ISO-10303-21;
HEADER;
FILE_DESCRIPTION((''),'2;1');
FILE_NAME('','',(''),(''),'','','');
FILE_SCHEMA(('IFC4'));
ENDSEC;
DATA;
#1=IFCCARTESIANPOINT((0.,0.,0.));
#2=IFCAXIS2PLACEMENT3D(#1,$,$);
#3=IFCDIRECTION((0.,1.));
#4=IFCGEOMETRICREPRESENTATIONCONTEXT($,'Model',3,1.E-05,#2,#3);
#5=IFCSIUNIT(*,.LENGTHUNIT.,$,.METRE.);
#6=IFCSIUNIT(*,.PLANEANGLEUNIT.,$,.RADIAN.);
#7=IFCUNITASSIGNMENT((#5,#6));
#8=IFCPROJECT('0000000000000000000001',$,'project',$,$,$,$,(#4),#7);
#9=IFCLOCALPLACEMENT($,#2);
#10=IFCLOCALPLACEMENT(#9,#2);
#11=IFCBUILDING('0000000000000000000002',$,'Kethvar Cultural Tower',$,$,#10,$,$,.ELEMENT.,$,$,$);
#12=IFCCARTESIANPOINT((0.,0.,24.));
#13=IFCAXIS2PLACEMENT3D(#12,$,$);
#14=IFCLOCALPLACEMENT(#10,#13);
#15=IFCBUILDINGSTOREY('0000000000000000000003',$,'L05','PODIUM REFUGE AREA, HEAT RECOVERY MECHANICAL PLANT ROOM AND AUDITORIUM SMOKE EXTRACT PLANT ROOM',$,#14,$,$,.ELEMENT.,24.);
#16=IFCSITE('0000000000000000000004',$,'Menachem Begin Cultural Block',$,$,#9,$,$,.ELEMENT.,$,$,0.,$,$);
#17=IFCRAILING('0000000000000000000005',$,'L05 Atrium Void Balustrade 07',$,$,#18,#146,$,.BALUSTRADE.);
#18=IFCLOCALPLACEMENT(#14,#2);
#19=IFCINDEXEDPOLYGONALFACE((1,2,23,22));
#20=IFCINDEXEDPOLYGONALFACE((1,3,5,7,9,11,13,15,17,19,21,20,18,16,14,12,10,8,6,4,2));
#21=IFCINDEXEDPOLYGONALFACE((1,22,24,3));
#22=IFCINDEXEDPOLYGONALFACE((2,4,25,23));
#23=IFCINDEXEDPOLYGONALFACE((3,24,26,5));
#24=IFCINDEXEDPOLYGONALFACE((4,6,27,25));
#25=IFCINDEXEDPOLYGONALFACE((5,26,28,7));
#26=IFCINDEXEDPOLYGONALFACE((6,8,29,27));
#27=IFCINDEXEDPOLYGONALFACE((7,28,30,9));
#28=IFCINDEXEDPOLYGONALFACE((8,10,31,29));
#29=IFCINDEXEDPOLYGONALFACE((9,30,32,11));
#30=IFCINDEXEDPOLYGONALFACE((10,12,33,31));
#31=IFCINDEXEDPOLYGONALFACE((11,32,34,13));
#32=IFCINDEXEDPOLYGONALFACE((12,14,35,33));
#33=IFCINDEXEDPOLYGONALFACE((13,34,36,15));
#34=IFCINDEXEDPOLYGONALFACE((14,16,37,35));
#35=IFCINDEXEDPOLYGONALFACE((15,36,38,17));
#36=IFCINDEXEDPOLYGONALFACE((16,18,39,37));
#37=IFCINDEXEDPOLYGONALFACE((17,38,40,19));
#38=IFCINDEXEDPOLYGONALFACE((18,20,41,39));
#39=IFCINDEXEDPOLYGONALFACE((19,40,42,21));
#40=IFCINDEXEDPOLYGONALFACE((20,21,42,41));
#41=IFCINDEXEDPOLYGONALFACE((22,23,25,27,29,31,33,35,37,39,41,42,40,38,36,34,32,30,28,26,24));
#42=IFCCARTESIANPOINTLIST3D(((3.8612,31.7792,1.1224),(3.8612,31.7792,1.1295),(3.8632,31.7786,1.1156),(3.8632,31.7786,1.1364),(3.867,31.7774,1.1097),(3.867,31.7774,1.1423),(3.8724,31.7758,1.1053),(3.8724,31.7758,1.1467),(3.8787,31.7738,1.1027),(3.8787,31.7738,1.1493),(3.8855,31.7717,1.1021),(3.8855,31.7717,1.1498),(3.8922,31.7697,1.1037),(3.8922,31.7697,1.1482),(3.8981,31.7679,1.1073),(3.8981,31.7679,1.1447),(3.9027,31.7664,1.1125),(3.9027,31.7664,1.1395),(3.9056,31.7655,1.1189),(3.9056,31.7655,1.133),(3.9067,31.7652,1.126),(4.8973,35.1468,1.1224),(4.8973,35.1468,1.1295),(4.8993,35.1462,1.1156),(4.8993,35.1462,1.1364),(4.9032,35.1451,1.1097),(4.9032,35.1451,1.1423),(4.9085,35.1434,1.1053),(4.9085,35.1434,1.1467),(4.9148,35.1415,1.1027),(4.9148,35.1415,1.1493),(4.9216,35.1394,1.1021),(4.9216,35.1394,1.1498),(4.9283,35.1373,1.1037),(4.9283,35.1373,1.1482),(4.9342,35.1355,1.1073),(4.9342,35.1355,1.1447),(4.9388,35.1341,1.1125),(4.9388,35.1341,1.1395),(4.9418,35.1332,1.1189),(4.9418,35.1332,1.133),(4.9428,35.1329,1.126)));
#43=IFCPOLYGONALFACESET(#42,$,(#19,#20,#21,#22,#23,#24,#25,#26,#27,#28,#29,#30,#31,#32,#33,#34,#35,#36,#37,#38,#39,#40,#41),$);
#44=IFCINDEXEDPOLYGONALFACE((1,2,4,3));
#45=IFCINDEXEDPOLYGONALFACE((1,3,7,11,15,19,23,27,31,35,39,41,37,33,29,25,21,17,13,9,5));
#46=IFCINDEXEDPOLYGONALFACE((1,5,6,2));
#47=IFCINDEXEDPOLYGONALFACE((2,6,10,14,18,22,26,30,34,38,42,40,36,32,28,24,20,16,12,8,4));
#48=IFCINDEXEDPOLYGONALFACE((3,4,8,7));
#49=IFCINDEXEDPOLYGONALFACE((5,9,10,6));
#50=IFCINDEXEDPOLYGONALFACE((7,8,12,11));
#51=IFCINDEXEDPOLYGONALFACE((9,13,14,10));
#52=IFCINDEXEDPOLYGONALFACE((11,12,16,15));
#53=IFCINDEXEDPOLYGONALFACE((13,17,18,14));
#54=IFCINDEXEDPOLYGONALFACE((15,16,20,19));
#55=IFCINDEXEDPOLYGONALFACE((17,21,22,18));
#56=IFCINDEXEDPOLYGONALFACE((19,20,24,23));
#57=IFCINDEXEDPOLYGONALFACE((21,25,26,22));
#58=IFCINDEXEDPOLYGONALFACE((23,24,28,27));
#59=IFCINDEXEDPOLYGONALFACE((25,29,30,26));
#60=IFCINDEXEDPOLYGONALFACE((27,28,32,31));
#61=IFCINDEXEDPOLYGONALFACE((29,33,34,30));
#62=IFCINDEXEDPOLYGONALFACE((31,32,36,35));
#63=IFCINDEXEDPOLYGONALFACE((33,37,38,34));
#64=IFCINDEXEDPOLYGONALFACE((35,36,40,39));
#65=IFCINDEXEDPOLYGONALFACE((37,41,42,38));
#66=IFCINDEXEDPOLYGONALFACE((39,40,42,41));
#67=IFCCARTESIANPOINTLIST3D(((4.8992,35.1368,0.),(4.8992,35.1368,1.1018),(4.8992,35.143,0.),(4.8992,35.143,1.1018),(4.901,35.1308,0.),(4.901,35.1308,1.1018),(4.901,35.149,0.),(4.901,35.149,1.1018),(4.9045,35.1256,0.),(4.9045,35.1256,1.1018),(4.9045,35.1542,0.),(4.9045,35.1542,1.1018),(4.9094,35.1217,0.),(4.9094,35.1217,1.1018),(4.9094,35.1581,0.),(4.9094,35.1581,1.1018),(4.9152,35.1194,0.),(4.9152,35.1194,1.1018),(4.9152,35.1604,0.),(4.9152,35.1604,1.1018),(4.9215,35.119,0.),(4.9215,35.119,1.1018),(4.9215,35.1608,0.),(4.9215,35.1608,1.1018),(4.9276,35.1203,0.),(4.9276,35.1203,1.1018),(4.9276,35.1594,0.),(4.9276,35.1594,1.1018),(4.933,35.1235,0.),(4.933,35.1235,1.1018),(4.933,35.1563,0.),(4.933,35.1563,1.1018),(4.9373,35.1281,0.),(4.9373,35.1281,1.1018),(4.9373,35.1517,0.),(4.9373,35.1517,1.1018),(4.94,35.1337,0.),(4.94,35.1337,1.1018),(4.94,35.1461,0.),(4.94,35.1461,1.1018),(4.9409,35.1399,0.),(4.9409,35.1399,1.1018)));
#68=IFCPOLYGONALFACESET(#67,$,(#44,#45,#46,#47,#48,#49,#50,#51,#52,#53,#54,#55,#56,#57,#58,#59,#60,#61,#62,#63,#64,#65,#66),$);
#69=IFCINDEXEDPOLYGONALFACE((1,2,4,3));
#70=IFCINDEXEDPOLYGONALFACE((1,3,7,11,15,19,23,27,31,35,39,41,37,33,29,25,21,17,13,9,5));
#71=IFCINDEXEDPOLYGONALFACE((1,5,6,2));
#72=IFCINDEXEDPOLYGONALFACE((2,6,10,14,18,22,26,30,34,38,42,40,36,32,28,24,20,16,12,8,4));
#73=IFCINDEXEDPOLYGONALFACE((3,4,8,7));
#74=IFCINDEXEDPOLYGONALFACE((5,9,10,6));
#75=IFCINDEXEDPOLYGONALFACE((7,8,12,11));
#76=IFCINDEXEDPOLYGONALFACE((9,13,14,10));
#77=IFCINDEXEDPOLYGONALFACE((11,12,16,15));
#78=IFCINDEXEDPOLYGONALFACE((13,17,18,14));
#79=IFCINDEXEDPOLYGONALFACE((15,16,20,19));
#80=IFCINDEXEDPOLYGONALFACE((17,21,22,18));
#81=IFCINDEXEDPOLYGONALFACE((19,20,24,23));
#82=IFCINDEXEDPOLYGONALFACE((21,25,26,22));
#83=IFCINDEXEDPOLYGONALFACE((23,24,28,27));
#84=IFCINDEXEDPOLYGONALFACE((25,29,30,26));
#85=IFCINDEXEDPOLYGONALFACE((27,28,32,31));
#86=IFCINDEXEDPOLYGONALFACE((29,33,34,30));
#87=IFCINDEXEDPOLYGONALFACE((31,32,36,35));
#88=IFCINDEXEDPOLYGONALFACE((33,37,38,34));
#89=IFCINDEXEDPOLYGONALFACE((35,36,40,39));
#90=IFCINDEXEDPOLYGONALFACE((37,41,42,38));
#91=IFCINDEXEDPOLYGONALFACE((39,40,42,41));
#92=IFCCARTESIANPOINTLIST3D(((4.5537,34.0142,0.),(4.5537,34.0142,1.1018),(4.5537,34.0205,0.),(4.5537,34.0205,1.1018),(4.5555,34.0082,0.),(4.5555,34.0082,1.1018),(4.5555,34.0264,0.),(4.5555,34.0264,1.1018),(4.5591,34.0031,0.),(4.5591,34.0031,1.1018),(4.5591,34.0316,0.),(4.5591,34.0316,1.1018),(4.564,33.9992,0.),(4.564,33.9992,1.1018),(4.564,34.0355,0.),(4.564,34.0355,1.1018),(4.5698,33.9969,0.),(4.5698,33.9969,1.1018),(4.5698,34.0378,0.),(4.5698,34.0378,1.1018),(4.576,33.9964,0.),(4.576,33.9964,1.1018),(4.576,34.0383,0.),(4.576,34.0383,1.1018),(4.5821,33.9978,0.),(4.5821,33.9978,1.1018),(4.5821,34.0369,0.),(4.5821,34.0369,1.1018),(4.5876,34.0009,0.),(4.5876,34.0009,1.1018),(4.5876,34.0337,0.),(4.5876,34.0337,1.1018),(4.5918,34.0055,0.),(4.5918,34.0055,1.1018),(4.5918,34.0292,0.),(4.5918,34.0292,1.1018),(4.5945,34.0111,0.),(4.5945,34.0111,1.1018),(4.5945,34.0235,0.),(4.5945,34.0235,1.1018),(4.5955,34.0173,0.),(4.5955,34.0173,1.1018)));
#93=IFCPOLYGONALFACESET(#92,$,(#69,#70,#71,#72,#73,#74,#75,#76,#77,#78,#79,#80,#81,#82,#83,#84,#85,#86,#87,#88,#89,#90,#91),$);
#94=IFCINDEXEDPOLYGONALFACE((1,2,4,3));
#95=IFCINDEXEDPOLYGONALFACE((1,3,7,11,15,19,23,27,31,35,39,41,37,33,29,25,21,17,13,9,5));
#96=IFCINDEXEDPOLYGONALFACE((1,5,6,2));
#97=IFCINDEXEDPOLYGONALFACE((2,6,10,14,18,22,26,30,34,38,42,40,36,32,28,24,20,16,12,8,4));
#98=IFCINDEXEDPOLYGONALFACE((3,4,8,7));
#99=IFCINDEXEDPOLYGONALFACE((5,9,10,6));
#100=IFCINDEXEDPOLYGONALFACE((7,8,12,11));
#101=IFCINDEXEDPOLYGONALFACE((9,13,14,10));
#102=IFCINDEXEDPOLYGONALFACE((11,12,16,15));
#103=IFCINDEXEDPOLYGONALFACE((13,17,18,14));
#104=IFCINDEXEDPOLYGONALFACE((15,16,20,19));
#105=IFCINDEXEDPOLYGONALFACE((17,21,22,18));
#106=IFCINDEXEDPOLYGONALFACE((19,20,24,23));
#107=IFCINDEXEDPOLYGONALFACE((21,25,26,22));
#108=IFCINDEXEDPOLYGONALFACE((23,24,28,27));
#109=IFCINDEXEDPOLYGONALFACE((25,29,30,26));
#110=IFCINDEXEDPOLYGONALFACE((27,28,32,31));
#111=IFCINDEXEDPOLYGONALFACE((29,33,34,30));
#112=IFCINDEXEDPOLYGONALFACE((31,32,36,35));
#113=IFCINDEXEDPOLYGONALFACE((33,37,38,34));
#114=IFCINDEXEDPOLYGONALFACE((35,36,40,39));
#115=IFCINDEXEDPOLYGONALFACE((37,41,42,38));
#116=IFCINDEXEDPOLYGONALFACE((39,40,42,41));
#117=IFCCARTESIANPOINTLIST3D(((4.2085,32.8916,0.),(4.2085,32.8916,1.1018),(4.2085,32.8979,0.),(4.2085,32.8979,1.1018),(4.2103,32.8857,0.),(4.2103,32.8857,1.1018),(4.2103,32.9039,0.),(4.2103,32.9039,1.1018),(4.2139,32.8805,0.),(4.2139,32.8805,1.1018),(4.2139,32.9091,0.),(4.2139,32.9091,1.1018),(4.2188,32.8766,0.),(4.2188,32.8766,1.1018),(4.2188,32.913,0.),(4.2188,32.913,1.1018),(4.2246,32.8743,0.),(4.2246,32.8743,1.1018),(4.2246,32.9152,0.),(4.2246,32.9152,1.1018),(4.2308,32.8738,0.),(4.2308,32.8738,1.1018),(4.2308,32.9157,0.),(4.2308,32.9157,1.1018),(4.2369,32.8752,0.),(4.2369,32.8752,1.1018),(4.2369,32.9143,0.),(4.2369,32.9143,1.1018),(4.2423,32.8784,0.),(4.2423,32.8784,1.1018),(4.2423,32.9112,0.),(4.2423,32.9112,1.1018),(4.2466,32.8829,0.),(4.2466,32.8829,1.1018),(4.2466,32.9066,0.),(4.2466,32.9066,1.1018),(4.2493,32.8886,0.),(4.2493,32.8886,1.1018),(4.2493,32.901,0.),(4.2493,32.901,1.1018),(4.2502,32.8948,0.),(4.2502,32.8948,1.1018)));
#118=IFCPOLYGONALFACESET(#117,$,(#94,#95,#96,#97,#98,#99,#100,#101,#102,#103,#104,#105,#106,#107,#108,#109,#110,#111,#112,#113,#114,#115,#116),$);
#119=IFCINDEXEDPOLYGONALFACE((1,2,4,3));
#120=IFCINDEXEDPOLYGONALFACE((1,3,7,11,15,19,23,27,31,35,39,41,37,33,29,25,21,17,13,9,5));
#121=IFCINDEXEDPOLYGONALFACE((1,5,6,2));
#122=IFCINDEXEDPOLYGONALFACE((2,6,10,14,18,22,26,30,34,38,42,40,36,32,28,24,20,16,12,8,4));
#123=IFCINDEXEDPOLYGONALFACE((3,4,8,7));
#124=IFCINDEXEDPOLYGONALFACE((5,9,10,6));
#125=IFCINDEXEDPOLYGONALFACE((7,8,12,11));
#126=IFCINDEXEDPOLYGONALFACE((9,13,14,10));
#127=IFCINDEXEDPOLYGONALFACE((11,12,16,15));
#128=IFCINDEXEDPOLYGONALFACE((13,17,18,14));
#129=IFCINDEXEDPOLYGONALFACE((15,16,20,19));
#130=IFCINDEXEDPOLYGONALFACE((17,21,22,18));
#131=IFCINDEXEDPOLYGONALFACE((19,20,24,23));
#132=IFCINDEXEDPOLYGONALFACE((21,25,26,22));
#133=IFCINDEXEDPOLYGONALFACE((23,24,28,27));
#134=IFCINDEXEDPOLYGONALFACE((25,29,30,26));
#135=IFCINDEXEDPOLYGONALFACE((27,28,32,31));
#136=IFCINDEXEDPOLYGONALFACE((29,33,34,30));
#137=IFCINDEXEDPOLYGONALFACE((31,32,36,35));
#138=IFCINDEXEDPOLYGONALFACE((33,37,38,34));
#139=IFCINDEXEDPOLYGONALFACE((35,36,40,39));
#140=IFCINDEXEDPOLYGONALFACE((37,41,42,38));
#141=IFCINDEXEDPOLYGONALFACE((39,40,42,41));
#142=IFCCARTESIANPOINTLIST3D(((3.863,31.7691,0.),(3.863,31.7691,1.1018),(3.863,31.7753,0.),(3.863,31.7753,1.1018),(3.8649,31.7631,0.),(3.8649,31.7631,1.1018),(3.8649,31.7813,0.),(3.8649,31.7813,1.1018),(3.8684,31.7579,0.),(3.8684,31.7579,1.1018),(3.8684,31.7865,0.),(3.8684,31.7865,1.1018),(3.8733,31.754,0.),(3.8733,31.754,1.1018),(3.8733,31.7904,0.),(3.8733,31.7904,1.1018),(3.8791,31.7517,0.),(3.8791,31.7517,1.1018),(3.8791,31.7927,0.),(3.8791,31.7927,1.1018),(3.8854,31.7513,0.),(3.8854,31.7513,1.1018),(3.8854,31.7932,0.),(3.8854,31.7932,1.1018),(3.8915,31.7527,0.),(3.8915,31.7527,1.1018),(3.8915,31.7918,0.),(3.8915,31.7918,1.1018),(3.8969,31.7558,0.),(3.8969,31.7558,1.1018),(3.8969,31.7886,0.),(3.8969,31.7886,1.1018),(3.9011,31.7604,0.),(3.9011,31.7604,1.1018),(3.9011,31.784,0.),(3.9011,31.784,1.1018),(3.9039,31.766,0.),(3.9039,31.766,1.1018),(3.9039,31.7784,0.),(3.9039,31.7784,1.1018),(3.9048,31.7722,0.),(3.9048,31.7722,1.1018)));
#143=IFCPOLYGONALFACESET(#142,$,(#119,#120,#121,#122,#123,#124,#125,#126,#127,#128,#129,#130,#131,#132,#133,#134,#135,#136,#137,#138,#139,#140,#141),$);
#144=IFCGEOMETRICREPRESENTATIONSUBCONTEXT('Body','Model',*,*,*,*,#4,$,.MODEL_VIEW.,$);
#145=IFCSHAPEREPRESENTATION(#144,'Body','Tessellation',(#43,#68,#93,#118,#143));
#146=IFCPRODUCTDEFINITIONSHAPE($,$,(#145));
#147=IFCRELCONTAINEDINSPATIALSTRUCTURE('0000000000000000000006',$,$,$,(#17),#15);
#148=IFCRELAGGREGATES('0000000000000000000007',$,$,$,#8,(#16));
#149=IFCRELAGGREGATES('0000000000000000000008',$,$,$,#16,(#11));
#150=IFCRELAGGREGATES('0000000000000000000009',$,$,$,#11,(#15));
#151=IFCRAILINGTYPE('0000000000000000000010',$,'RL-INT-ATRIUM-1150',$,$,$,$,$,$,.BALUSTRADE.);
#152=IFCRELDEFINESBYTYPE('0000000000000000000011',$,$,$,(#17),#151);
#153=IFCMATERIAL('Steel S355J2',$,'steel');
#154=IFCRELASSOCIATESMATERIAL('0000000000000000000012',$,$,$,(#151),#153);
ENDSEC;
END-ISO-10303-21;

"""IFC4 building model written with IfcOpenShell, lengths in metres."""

from ifc_helpers import new_model, si_unit, direction, frame, origin, origin_2d, place, context, subcontext, project, spatial, circle, extrude, material, type_object, element, save


model = new_model("IFC4")

# Units and contexts
model_context = context("Model", 3, precision=1e-05, world=origin(), true_north=direction((0.0, 1.0)))
body_context = subcontext(model_context, "Body", "Model", "MODEL_VIEW")
ifc_project = project(units=[si_unit("LENGTHUNIT", "METRE"), si_unit("PLANEANGLEUNIT", "RADIAN")], contexts=[model_context])

# Site, building, storey
site_placement = place(None, origin())
site = spatial("IfcSite", under=ifc_project, at=site_placement, Name="Menachem Begin Cultural Block", CompositionType="ELEMENT", RefElevation=0.0)
building_placement = place(site_placement, origin())
building = spatial("IfcBuilding", under=site, at=building_placement, Name="Kethvar Cultural Tower", CompositionType="ELEMENT")
storey_placement = place(building_placement, frame((0.0, 0.0, 24.0)))
storey = spatial("IfcBuildingStorey", under=building, at=storey_placement, Name="L05", Description="PODIUM REFUGE AREA, HEAT RECOVERY MECHANICAL PLANT ROOM AND AUDITORIUM SMOKE EXTRACT PLANT ROOM", CompositionType="ELEMENT", Elevation=24.0)

# Shared definitions
ifc_material_1 = material(Name="Steel S355J2", Category="steel")

# Railing
railing_type = type_object("IfcRailingType", Name="RL-INT-ATRIUM-1150", PredefinedType="BALUSTRADE", material=ifc_material_1)
railing_1_placement = place(storey_placement, frame((4.9199, 35.1399, 0.0)))
element("IfcRailing", 1, at=railing_1_placement, inside=storey, type_object=railing_type, Name="L05 Atrium Void Balustrade 07", PredefinedType="BALUSTRADE", context=body_context, shape_type="SweptSolid", body=[
    extrude(circle(Radius=0.0239, at=origin_2d()), frame((0.0, 0.0, 1.126), z_axis=(-0.294066, -0.955785, 0.0), x_axis=(0.955785, -0.294066, 0.0)), (0.0, 0.0, 1.0), 3.5234),
    extrude(circle(Radius=0.021, at=origin_2d()), origin(), (0.0, 0.0, 1.0), 1.1018),
    extrude(circle(Radius=0.021, at=origin_2d()), frame((-0.3455, -1.1226, 0.0)), (0.0, 0.0, 1.0), 1.1018),
    extrude(circle(Radius=0.021, at=origin_2d()), frame((-0.6907, -2.2451, 0.0)), (0.0, 0.0, 1.0), 1.1018),
    extrude(circle(Radius=0.021, at=origin_2d()), frame((-1.0361, -3.3677, 0.0)), (0.0, 0.0, 1.0), 1.1018),
])

save(model, "model.ifc")
